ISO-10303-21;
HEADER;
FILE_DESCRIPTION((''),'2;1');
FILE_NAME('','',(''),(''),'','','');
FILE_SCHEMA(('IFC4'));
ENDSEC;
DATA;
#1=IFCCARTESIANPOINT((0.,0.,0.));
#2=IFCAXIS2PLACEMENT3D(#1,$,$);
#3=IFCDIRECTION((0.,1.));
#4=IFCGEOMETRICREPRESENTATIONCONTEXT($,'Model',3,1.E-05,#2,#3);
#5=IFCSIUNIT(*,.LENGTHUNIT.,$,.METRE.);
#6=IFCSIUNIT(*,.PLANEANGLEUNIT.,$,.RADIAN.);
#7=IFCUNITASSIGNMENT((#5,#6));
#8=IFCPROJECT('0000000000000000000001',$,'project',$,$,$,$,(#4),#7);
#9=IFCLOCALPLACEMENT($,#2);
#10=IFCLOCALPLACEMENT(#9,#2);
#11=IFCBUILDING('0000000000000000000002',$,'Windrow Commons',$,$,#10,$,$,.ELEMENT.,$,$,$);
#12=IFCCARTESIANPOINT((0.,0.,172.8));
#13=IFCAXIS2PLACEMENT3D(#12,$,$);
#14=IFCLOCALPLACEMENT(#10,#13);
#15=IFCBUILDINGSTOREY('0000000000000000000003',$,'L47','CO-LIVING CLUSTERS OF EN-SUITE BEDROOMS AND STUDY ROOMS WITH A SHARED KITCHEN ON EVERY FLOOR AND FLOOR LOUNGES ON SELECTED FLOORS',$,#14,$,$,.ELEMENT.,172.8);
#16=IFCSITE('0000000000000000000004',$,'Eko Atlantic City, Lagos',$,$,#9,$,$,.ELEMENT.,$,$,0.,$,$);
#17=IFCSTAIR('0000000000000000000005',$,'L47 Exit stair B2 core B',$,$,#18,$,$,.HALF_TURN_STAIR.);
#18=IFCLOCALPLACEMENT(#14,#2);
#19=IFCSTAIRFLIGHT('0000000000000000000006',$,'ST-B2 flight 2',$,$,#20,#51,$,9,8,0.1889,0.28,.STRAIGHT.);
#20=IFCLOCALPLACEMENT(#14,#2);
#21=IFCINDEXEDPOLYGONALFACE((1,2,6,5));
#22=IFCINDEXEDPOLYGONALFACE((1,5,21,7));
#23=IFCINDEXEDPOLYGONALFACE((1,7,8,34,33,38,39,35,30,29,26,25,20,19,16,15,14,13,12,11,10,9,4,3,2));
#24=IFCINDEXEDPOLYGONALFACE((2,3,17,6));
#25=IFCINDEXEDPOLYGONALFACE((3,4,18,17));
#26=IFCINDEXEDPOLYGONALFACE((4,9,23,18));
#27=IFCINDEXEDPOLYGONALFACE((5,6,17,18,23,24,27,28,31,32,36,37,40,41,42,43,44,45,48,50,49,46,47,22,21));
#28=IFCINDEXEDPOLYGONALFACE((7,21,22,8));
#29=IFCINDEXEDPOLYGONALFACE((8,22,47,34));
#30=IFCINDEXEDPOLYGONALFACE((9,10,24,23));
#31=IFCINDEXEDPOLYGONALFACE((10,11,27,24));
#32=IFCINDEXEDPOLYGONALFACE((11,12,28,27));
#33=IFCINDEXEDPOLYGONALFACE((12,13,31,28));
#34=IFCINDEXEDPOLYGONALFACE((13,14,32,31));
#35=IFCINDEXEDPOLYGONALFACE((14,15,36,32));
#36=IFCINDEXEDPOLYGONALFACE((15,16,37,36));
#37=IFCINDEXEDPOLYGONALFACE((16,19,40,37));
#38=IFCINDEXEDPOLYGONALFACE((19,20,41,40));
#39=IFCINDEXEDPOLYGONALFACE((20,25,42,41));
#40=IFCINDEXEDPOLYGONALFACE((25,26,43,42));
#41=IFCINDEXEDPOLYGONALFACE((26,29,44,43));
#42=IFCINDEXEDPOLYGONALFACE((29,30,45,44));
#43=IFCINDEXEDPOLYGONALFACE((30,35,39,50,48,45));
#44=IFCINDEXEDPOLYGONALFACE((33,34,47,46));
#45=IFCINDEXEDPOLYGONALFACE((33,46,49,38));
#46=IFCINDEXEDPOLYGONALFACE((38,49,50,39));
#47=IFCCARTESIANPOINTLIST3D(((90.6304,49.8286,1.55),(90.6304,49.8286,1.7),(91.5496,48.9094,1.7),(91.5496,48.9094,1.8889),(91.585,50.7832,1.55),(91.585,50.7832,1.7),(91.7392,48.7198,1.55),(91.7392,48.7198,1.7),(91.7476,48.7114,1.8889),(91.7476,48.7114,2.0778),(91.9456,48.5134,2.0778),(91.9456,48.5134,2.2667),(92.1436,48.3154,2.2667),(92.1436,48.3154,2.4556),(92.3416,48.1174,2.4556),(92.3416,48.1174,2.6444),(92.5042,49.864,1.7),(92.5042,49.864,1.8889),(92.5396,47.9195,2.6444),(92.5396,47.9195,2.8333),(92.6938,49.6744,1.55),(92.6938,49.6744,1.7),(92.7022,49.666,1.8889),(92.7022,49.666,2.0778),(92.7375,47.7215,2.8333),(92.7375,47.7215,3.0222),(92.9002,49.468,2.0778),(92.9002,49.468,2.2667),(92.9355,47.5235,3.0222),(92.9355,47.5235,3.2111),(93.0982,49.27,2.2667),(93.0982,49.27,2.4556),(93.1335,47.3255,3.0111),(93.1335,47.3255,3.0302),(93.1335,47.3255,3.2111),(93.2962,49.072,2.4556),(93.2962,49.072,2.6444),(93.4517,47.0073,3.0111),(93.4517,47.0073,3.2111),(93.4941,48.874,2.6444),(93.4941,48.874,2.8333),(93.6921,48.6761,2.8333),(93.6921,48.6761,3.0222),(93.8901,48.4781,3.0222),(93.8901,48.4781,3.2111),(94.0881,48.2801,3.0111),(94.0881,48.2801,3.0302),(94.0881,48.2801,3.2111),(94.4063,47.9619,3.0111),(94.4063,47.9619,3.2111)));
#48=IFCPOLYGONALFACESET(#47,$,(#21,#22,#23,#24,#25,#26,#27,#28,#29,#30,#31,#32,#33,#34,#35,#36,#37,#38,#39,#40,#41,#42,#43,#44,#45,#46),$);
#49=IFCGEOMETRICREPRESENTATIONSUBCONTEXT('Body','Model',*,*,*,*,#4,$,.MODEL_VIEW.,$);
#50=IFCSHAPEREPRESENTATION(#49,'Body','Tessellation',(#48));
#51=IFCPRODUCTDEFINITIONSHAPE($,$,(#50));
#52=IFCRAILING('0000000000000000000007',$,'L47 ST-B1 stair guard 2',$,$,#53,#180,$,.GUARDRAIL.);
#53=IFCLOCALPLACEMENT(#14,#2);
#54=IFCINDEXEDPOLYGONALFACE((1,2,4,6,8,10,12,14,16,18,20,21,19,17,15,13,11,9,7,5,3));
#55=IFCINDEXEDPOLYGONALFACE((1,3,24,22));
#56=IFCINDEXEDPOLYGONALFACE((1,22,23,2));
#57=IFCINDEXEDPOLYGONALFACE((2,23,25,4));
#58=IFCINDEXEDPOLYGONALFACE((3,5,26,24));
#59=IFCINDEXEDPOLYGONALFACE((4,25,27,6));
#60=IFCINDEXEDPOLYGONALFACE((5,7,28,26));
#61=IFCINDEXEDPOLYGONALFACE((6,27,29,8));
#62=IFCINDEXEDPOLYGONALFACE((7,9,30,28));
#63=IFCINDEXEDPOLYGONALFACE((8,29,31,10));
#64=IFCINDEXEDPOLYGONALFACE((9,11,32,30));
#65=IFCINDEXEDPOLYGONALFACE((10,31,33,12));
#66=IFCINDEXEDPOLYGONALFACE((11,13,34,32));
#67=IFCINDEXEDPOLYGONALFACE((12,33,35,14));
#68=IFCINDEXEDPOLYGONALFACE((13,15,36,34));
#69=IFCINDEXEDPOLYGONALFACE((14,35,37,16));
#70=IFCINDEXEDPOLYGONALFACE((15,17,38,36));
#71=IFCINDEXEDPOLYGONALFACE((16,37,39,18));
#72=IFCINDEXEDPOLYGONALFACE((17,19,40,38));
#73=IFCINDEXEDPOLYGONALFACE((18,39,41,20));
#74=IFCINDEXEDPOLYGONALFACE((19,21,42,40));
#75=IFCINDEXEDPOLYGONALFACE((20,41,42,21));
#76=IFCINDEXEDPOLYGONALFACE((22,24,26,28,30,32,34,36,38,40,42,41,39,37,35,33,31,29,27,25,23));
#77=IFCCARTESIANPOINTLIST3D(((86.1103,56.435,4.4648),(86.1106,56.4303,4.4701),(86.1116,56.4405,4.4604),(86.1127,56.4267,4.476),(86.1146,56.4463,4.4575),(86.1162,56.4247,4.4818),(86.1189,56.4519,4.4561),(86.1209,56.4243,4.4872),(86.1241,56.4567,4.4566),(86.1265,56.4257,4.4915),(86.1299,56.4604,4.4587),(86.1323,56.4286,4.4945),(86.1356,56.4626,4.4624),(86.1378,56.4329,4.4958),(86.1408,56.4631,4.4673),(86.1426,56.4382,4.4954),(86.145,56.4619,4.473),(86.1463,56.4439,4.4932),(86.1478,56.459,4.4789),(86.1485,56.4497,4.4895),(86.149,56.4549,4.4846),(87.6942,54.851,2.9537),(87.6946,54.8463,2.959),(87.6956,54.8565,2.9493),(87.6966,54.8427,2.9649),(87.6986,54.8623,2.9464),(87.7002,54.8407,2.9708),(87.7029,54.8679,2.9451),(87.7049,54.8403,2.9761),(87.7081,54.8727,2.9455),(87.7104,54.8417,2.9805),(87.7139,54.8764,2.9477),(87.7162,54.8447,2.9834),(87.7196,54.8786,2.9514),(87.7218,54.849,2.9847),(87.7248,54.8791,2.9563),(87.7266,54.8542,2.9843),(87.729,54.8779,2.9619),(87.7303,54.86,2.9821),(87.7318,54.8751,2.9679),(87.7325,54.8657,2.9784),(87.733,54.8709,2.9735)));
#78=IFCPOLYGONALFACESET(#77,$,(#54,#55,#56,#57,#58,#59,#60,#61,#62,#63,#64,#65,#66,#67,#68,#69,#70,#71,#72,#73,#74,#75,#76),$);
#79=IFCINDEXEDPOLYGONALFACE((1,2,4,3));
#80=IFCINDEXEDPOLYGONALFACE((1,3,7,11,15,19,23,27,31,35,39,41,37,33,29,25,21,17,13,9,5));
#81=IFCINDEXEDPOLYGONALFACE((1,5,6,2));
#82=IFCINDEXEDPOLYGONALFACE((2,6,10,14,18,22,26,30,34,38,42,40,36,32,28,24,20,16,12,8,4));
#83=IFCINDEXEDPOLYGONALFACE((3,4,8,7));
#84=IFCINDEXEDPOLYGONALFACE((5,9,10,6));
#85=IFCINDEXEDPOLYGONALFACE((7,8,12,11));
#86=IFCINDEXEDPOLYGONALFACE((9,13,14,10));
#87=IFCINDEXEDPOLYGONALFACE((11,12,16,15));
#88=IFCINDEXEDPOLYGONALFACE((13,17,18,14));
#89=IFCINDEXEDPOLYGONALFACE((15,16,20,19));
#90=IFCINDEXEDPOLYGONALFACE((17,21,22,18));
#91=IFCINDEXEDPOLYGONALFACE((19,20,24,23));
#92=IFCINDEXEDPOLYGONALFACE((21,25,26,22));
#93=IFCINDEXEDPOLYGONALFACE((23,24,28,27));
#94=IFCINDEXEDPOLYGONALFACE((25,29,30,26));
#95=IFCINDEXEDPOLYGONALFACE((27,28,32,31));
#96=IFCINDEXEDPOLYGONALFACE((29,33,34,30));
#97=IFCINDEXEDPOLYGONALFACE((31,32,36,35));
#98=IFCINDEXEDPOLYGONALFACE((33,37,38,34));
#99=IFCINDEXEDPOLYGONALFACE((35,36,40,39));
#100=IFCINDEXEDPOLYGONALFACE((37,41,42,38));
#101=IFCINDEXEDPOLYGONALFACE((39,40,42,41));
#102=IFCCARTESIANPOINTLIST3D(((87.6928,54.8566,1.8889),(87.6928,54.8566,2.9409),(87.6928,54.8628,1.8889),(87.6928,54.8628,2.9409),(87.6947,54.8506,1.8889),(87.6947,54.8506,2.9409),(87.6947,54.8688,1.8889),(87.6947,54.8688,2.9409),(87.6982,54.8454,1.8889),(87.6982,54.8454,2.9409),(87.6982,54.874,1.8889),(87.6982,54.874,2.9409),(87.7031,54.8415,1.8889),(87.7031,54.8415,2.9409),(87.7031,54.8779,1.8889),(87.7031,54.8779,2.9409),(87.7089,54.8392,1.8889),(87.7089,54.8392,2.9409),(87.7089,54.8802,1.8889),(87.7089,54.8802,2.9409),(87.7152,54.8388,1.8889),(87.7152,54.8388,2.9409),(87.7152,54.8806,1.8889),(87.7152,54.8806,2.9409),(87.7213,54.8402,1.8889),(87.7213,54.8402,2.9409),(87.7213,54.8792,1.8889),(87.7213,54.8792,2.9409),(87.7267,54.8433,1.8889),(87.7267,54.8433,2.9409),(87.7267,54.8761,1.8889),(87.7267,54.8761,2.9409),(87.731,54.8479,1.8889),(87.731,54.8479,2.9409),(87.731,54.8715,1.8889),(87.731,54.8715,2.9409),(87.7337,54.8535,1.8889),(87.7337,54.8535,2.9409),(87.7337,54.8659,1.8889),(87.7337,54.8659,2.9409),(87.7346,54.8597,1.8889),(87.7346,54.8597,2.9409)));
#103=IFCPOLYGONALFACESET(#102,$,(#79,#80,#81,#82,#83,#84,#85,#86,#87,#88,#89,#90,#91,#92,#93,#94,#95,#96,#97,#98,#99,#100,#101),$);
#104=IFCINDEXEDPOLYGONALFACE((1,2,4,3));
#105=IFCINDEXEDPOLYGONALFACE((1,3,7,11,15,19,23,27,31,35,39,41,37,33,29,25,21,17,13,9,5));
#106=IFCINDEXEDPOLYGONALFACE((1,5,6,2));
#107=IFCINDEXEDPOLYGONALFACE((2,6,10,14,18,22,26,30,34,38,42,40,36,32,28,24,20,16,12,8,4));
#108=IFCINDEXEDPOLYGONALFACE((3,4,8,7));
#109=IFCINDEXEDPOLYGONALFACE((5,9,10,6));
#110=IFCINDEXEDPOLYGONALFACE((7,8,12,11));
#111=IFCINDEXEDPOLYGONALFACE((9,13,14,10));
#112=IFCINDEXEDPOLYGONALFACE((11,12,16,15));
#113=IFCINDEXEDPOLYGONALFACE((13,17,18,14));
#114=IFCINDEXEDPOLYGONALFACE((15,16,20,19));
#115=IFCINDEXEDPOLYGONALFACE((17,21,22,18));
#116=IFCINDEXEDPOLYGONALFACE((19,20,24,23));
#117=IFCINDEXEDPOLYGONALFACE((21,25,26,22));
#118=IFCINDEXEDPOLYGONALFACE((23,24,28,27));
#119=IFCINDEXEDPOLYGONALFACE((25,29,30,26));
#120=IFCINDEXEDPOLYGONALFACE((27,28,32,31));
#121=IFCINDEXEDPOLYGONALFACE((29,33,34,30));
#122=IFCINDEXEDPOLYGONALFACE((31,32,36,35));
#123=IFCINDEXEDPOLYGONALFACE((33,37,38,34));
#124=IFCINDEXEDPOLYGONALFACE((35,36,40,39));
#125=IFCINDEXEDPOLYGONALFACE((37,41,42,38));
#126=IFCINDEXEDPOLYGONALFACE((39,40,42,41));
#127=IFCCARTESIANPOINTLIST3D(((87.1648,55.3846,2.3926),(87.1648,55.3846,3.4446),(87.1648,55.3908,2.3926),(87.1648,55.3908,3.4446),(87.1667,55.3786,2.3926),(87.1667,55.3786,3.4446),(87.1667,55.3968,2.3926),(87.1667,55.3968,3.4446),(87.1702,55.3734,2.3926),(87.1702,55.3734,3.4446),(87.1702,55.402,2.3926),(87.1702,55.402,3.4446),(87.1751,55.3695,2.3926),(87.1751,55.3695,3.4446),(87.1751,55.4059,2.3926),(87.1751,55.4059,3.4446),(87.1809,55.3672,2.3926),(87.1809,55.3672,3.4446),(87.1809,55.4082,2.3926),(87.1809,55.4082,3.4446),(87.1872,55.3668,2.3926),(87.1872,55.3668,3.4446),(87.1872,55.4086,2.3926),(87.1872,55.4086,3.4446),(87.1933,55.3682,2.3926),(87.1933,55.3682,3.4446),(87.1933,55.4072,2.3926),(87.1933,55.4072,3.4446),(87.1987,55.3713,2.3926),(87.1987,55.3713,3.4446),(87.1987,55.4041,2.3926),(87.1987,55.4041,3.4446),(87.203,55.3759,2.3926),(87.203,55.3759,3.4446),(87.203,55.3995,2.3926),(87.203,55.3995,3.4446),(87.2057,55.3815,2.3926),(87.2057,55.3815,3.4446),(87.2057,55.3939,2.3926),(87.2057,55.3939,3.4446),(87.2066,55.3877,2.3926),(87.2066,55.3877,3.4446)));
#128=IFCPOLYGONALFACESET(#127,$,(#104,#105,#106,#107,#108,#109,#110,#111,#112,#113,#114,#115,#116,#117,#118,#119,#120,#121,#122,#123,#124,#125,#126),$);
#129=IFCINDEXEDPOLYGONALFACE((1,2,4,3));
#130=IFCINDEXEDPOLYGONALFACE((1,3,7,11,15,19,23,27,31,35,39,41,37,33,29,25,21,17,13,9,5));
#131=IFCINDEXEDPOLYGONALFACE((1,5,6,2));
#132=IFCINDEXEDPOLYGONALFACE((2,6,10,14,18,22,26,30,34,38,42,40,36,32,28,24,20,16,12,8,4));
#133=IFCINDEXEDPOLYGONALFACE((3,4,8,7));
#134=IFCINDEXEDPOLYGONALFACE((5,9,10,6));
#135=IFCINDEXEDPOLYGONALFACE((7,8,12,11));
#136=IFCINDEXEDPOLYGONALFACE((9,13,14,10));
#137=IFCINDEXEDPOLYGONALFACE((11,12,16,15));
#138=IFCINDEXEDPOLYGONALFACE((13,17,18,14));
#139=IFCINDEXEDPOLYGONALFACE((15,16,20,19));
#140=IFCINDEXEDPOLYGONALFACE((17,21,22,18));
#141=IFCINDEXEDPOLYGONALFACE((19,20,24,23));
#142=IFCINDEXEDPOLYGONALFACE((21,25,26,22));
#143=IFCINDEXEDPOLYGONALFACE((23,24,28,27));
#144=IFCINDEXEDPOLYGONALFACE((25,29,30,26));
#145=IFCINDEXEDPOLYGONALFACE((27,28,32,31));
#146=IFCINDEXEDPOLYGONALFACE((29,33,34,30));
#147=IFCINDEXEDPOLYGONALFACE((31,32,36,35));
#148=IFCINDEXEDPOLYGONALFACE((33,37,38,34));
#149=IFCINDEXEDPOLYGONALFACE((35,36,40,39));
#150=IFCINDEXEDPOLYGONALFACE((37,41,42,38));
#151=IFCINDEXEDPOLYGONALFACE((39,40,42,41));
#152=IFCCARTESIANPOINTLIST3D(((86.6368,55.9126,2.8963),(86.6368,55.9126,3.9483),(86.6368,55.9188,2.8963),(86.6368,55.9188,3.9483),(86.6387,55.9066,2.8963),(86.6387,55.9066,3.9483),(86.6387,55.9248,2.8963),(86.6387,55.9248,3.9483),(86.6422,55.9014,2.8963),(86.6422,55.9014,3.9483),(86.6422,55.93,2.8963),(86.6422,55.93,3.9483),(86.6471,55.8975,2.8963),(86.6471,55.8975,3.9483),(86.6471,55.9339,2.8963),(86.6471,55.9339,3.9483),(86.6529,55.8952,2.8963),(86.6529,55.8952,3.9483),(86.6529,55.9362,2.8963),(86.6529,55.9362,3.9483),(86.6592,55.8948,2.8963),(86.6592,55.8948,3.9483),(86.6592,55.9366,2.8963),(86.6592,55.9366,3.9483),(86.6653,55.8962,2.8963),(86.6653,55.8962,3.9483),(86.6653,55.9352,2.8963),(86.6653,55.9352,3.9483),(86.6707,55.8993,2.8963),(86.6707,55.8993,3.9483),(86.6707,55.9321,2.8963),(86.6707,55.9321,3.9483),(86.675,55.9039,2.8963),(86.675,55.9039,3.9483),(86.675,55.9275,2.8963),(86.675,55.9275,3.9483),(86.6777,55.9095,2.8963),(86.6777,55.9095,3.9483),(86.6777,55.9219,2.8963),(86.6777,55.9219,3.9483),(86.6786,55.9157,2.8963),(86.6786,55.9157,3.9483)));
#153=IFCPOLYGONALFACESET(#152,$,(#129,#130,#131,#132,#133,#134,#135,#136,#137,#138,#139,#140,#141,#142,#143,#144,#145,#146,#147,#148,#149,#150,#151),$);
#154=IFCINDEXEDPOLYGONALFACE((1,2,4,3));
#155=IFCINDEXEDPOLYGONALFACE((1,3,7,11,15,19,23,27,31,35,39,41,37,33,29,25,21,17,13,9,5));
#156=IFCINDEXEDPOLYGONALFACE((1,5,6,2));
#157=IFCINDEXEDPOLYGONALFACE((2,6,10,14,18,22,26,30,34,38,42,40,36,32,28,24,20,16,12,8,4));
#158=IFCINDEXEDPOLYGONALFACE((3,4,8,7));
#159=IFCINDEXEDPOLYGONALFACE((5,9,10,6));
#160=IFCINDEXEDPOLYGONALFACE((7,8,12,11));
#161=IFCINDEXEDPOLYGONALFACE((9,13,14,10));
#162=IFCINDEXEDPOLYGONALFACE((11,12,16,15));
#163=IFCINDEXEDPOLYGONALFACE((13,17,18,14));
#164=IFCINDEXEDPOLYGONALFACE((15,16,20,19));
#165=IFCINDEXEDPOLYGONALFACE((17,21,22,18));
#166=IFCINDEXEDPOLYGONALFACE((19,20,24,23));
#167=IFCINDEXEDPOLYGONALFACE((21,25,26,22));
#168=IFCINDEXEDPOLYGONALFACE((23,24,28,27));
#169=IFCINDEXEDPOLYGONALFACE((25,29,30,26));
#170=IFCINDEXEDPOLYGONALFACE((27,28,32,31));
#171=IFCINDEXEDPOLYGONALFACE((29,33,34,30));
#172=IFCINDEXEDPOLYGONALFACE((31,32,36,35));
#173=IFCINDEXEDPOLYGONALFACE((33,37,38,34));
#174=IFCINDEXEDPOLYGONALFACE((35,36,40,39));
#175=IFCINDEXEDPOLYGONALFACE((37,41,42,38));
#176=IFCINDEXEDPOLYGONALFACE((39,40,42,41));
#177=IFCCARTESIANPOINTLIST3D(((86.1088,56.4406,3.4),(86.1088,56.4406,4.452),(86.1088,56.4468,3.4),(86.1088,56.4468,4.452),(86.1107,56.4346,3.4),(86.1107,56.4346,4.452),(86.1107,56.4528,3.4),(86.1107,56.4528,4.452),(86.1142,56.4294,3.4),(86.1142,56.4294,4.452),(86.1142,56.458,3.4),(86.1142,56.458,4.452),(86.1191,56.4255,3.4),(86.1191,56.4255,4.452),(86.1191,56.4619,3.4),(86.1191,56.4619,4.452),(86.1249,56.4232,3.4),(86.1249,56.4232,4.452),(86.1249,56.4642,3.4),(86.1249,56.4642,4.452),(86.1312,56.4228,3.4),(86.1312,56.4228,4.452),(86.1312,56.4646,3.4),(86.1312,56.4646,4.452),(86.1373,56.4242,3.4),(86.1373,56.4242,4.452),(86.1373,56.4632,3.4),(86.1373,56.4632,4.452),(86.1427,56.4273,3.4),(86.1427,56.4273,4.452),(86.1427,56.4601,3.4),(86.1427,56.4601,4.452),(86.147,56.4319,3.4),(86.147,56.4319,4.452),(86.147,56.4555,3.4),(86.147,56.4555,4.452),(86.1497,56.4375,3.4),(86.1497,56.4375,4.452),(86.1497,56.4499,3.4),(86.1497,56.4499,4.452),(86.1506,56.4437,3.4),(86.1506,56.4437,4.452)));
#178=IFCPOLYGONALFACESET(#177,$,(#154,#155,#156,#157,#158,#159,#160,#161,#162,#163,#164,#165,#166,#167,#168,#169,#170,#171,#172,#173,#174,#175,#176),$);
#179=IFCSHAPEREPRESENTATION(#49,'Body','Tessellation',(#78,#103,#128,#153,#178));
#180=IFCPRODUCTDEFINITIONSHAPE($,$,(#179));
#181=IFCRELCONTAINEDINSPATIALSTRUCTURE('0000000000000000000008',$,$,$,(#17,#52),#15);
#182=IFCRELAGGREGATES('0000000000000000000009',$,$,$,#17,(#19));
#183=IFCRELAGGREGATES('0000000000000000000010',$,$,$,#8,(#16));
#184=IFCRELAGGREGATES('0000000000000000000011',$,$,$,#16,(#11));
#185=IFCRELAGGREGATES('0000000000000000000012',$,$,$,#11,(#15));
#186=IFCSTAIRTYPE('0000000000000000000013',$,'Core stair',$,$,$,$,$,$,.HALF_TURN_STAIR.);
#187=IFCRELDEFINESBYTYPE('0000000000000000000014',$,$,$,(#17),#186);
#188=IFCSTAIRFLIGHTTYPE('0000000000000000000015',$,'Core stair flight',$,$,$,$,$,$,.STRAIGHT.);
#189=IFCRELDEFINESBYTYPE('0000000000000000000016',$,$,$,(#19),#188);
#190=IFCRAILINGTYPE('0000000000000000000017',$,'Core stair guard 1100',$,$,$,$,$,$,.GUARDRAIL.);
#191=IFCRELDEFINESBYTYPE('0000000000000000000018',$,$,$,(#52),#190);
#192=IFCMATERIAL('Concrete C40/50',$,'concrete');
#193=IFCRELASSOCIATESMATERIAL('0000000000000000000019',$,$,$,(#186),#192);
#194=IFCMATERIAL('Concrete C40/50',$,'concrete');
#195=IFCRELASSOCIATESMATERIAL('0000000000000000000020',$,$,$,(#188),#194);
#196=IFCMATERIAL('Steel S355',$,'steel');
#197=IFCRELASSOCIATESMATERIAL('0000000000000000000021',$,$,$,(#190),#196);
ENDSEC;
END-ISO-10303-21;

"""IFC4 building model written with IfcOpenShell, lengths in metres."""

from ifc_helpers import new_model, si_unit, direction, frame, origin, origin_2d, place, context, subcontext, project, spatial, polyline, circle, outline, extrude, material, type_object, element, aggregate, save


model = new_model("IFC4")

# Units and contexts
model_context = context("Model", 3, precision=1e-05, world=origin(), true_north=direction((0.0, 1.0)))
body_context = subcontext(model_context, "Body", "Model", "MODEL_VIEW")
ifc_project = project(units=[si_unit("LENGTHUNIT", "METRE"), si_unit("PLANEANGLEUNIT", "RADIAN")], contexts=[model_context])

# Site, building, storey
site_placement = place(None, origin())
site = spatial("IfcSite", under=ifc_project, at=site_placement, Name="Eko Atlantic City, Lagos", CompositionType="ELEMENT", RefElevation=0.0)
building_placement = place(site_placement, origin())
building = spatial("IfcBuilding", under=site, at=building_placement, Name="Windrow Commons", CompositionType="ELEMENT")
storey_placement = place(building_placement, frame((0.0, 0.0, 172.8)))
storey = spatial("IfcBuildingStorey", under=building, at=storey_placement, Name="L47", Description="CO-LIVING CLUSTERS OF EN-SUITE BEDROOMS AND STUDY ROOMS WITH A SHARED KITCHEN ON EVERY FLOOR AND FLOOR LOUNGES ON SELECTED FLOORS", CompositionType="ELEMENT", Elevation=172.8)

# Stair, stair flight
ifc_material_1 = material(Name="Concrete C40/50", Category="concrete")
stair_type = type_object("IfcStairType", Name="Core stair", PredefinedType="HALF_TURN_STAIR", material=ifc_material_1)
stair_placement = place(storey_placement, origin())
stair = element("IfcStair", 1, at=stair_placement, inside=storey, type_object=stair_type, Name="L47 Exit stair B2 core B", PredefinedType="HALF_TURN_STAIR")
ifc_material_2 = material(Name="Concrete C40/50", Category="concrete")
stair_flight_type = type_object("IfcStairFlightType", Name="Core stair flight", PredefinedType="STRAIGHT", material=ifc_material_2)
stair_flight_1_placement = place(storey_placement, frame((92.0269, 49.3867, 1.7), z_axis=(0.0, 0.0, 1.0), x_axis=(0.707107, -0.707107, 0.0)))
stair_flight_1 = element("IfcStairFlight", 2, at=stair_flight_1_placement, type_object=stair_flight_type, Name="ST-B2 flight 2", NumberOfRisers=9, NumberOfTreads=8, PredefinedType="STRAIGHT", RiserHeight=0.1889, TreadLength=0.28, context=body_context, shape_type="SweptSolid", body=[
    extrude(outline(polyline([(-1.3, -0.15), (-1.3, 0.0), (0.0, 0.0), (0.0, 0.1889), (0.28, 0.1889), (0.28, 0.3778), (0.56, 0.3778), (0.56, 0.5667), (0.84, 0.5667), (0.84, 0.7556), (1.12, 0.7556), (1.12, 0.9444), (1.4, 0.9444), (1.4, 1.1333), (1.68, 1.1333), (1.68, 1.3222), (1.96, 1.3222), (1.96, 1.5111), (2.24, 1.5111), (2.69, 1.5111), (2.69, 1.3111), (2.24, 1.3111), (2.24, 1.3302), (0.2682, 0.0), (0.2682, -0.15), (-1.3, -0.15)])), frame((0.0, 0.675, 0.0), z_axis=(0.0, -1.0, 0.0), x_axis=(1.0, 0.0, 0.0)), (0.0, 0.0, 1.0), 1.35),
])
aggregate(stair, [stair_flight_1])

# Railing
ifc_material_3 = material(Name="Steel S355", Category="steel")
railing_type_1 = type_object("IfcRailingType", Name="Core stair guard 1100", PredefinedType="GUARDRAIL", material=ifc_material_3)
railing_1_placement = place(storey_placement, frame((87.7136, 54.8597, 1.8889)))
element("IfcRailing", 3, at=railing_1_placement, inside=storey, type_object=railing_type_1, Name="L47 ST-B1 stair guard 2", PredefinedType="GUARDRAIL", context=body_context, shape_type="SweptSolid", body=[
    extrude(circle(Radius=0.024, at=origin_2d()), frame((0.0, 0.0, 1.076), z_axis=(-0.586203, 0.586203, 0.559224), x_axis=(-0.707107, -0.707107, 0.0)), (0.0, 0.0, 1.0), 2.7021),
    extrude(circle(Radius=0.021, at=origin_2d()), origin(), (0.0, 0.0, 1.0), 1.052),
    extrude(circle(Radius=0.021, at=origin_2d()), frame((-0.528, 0.528, 0.5037)), (0.0, 0.0, 1.0), 1.052),
    extrude(circle(Radius=0.021, at=origin_2d()), frame((-1.056, 1.056, 1.0074)), (0.0, 0.0, 1.0), 1.052),
    extrude(circle(Radius=0.021, at=origin_2d()), frame((-1.584, 1.584, 1.5111)), (0.0, 0.0, 1.0), 1.052),
])

save(model, "model.ifc")
